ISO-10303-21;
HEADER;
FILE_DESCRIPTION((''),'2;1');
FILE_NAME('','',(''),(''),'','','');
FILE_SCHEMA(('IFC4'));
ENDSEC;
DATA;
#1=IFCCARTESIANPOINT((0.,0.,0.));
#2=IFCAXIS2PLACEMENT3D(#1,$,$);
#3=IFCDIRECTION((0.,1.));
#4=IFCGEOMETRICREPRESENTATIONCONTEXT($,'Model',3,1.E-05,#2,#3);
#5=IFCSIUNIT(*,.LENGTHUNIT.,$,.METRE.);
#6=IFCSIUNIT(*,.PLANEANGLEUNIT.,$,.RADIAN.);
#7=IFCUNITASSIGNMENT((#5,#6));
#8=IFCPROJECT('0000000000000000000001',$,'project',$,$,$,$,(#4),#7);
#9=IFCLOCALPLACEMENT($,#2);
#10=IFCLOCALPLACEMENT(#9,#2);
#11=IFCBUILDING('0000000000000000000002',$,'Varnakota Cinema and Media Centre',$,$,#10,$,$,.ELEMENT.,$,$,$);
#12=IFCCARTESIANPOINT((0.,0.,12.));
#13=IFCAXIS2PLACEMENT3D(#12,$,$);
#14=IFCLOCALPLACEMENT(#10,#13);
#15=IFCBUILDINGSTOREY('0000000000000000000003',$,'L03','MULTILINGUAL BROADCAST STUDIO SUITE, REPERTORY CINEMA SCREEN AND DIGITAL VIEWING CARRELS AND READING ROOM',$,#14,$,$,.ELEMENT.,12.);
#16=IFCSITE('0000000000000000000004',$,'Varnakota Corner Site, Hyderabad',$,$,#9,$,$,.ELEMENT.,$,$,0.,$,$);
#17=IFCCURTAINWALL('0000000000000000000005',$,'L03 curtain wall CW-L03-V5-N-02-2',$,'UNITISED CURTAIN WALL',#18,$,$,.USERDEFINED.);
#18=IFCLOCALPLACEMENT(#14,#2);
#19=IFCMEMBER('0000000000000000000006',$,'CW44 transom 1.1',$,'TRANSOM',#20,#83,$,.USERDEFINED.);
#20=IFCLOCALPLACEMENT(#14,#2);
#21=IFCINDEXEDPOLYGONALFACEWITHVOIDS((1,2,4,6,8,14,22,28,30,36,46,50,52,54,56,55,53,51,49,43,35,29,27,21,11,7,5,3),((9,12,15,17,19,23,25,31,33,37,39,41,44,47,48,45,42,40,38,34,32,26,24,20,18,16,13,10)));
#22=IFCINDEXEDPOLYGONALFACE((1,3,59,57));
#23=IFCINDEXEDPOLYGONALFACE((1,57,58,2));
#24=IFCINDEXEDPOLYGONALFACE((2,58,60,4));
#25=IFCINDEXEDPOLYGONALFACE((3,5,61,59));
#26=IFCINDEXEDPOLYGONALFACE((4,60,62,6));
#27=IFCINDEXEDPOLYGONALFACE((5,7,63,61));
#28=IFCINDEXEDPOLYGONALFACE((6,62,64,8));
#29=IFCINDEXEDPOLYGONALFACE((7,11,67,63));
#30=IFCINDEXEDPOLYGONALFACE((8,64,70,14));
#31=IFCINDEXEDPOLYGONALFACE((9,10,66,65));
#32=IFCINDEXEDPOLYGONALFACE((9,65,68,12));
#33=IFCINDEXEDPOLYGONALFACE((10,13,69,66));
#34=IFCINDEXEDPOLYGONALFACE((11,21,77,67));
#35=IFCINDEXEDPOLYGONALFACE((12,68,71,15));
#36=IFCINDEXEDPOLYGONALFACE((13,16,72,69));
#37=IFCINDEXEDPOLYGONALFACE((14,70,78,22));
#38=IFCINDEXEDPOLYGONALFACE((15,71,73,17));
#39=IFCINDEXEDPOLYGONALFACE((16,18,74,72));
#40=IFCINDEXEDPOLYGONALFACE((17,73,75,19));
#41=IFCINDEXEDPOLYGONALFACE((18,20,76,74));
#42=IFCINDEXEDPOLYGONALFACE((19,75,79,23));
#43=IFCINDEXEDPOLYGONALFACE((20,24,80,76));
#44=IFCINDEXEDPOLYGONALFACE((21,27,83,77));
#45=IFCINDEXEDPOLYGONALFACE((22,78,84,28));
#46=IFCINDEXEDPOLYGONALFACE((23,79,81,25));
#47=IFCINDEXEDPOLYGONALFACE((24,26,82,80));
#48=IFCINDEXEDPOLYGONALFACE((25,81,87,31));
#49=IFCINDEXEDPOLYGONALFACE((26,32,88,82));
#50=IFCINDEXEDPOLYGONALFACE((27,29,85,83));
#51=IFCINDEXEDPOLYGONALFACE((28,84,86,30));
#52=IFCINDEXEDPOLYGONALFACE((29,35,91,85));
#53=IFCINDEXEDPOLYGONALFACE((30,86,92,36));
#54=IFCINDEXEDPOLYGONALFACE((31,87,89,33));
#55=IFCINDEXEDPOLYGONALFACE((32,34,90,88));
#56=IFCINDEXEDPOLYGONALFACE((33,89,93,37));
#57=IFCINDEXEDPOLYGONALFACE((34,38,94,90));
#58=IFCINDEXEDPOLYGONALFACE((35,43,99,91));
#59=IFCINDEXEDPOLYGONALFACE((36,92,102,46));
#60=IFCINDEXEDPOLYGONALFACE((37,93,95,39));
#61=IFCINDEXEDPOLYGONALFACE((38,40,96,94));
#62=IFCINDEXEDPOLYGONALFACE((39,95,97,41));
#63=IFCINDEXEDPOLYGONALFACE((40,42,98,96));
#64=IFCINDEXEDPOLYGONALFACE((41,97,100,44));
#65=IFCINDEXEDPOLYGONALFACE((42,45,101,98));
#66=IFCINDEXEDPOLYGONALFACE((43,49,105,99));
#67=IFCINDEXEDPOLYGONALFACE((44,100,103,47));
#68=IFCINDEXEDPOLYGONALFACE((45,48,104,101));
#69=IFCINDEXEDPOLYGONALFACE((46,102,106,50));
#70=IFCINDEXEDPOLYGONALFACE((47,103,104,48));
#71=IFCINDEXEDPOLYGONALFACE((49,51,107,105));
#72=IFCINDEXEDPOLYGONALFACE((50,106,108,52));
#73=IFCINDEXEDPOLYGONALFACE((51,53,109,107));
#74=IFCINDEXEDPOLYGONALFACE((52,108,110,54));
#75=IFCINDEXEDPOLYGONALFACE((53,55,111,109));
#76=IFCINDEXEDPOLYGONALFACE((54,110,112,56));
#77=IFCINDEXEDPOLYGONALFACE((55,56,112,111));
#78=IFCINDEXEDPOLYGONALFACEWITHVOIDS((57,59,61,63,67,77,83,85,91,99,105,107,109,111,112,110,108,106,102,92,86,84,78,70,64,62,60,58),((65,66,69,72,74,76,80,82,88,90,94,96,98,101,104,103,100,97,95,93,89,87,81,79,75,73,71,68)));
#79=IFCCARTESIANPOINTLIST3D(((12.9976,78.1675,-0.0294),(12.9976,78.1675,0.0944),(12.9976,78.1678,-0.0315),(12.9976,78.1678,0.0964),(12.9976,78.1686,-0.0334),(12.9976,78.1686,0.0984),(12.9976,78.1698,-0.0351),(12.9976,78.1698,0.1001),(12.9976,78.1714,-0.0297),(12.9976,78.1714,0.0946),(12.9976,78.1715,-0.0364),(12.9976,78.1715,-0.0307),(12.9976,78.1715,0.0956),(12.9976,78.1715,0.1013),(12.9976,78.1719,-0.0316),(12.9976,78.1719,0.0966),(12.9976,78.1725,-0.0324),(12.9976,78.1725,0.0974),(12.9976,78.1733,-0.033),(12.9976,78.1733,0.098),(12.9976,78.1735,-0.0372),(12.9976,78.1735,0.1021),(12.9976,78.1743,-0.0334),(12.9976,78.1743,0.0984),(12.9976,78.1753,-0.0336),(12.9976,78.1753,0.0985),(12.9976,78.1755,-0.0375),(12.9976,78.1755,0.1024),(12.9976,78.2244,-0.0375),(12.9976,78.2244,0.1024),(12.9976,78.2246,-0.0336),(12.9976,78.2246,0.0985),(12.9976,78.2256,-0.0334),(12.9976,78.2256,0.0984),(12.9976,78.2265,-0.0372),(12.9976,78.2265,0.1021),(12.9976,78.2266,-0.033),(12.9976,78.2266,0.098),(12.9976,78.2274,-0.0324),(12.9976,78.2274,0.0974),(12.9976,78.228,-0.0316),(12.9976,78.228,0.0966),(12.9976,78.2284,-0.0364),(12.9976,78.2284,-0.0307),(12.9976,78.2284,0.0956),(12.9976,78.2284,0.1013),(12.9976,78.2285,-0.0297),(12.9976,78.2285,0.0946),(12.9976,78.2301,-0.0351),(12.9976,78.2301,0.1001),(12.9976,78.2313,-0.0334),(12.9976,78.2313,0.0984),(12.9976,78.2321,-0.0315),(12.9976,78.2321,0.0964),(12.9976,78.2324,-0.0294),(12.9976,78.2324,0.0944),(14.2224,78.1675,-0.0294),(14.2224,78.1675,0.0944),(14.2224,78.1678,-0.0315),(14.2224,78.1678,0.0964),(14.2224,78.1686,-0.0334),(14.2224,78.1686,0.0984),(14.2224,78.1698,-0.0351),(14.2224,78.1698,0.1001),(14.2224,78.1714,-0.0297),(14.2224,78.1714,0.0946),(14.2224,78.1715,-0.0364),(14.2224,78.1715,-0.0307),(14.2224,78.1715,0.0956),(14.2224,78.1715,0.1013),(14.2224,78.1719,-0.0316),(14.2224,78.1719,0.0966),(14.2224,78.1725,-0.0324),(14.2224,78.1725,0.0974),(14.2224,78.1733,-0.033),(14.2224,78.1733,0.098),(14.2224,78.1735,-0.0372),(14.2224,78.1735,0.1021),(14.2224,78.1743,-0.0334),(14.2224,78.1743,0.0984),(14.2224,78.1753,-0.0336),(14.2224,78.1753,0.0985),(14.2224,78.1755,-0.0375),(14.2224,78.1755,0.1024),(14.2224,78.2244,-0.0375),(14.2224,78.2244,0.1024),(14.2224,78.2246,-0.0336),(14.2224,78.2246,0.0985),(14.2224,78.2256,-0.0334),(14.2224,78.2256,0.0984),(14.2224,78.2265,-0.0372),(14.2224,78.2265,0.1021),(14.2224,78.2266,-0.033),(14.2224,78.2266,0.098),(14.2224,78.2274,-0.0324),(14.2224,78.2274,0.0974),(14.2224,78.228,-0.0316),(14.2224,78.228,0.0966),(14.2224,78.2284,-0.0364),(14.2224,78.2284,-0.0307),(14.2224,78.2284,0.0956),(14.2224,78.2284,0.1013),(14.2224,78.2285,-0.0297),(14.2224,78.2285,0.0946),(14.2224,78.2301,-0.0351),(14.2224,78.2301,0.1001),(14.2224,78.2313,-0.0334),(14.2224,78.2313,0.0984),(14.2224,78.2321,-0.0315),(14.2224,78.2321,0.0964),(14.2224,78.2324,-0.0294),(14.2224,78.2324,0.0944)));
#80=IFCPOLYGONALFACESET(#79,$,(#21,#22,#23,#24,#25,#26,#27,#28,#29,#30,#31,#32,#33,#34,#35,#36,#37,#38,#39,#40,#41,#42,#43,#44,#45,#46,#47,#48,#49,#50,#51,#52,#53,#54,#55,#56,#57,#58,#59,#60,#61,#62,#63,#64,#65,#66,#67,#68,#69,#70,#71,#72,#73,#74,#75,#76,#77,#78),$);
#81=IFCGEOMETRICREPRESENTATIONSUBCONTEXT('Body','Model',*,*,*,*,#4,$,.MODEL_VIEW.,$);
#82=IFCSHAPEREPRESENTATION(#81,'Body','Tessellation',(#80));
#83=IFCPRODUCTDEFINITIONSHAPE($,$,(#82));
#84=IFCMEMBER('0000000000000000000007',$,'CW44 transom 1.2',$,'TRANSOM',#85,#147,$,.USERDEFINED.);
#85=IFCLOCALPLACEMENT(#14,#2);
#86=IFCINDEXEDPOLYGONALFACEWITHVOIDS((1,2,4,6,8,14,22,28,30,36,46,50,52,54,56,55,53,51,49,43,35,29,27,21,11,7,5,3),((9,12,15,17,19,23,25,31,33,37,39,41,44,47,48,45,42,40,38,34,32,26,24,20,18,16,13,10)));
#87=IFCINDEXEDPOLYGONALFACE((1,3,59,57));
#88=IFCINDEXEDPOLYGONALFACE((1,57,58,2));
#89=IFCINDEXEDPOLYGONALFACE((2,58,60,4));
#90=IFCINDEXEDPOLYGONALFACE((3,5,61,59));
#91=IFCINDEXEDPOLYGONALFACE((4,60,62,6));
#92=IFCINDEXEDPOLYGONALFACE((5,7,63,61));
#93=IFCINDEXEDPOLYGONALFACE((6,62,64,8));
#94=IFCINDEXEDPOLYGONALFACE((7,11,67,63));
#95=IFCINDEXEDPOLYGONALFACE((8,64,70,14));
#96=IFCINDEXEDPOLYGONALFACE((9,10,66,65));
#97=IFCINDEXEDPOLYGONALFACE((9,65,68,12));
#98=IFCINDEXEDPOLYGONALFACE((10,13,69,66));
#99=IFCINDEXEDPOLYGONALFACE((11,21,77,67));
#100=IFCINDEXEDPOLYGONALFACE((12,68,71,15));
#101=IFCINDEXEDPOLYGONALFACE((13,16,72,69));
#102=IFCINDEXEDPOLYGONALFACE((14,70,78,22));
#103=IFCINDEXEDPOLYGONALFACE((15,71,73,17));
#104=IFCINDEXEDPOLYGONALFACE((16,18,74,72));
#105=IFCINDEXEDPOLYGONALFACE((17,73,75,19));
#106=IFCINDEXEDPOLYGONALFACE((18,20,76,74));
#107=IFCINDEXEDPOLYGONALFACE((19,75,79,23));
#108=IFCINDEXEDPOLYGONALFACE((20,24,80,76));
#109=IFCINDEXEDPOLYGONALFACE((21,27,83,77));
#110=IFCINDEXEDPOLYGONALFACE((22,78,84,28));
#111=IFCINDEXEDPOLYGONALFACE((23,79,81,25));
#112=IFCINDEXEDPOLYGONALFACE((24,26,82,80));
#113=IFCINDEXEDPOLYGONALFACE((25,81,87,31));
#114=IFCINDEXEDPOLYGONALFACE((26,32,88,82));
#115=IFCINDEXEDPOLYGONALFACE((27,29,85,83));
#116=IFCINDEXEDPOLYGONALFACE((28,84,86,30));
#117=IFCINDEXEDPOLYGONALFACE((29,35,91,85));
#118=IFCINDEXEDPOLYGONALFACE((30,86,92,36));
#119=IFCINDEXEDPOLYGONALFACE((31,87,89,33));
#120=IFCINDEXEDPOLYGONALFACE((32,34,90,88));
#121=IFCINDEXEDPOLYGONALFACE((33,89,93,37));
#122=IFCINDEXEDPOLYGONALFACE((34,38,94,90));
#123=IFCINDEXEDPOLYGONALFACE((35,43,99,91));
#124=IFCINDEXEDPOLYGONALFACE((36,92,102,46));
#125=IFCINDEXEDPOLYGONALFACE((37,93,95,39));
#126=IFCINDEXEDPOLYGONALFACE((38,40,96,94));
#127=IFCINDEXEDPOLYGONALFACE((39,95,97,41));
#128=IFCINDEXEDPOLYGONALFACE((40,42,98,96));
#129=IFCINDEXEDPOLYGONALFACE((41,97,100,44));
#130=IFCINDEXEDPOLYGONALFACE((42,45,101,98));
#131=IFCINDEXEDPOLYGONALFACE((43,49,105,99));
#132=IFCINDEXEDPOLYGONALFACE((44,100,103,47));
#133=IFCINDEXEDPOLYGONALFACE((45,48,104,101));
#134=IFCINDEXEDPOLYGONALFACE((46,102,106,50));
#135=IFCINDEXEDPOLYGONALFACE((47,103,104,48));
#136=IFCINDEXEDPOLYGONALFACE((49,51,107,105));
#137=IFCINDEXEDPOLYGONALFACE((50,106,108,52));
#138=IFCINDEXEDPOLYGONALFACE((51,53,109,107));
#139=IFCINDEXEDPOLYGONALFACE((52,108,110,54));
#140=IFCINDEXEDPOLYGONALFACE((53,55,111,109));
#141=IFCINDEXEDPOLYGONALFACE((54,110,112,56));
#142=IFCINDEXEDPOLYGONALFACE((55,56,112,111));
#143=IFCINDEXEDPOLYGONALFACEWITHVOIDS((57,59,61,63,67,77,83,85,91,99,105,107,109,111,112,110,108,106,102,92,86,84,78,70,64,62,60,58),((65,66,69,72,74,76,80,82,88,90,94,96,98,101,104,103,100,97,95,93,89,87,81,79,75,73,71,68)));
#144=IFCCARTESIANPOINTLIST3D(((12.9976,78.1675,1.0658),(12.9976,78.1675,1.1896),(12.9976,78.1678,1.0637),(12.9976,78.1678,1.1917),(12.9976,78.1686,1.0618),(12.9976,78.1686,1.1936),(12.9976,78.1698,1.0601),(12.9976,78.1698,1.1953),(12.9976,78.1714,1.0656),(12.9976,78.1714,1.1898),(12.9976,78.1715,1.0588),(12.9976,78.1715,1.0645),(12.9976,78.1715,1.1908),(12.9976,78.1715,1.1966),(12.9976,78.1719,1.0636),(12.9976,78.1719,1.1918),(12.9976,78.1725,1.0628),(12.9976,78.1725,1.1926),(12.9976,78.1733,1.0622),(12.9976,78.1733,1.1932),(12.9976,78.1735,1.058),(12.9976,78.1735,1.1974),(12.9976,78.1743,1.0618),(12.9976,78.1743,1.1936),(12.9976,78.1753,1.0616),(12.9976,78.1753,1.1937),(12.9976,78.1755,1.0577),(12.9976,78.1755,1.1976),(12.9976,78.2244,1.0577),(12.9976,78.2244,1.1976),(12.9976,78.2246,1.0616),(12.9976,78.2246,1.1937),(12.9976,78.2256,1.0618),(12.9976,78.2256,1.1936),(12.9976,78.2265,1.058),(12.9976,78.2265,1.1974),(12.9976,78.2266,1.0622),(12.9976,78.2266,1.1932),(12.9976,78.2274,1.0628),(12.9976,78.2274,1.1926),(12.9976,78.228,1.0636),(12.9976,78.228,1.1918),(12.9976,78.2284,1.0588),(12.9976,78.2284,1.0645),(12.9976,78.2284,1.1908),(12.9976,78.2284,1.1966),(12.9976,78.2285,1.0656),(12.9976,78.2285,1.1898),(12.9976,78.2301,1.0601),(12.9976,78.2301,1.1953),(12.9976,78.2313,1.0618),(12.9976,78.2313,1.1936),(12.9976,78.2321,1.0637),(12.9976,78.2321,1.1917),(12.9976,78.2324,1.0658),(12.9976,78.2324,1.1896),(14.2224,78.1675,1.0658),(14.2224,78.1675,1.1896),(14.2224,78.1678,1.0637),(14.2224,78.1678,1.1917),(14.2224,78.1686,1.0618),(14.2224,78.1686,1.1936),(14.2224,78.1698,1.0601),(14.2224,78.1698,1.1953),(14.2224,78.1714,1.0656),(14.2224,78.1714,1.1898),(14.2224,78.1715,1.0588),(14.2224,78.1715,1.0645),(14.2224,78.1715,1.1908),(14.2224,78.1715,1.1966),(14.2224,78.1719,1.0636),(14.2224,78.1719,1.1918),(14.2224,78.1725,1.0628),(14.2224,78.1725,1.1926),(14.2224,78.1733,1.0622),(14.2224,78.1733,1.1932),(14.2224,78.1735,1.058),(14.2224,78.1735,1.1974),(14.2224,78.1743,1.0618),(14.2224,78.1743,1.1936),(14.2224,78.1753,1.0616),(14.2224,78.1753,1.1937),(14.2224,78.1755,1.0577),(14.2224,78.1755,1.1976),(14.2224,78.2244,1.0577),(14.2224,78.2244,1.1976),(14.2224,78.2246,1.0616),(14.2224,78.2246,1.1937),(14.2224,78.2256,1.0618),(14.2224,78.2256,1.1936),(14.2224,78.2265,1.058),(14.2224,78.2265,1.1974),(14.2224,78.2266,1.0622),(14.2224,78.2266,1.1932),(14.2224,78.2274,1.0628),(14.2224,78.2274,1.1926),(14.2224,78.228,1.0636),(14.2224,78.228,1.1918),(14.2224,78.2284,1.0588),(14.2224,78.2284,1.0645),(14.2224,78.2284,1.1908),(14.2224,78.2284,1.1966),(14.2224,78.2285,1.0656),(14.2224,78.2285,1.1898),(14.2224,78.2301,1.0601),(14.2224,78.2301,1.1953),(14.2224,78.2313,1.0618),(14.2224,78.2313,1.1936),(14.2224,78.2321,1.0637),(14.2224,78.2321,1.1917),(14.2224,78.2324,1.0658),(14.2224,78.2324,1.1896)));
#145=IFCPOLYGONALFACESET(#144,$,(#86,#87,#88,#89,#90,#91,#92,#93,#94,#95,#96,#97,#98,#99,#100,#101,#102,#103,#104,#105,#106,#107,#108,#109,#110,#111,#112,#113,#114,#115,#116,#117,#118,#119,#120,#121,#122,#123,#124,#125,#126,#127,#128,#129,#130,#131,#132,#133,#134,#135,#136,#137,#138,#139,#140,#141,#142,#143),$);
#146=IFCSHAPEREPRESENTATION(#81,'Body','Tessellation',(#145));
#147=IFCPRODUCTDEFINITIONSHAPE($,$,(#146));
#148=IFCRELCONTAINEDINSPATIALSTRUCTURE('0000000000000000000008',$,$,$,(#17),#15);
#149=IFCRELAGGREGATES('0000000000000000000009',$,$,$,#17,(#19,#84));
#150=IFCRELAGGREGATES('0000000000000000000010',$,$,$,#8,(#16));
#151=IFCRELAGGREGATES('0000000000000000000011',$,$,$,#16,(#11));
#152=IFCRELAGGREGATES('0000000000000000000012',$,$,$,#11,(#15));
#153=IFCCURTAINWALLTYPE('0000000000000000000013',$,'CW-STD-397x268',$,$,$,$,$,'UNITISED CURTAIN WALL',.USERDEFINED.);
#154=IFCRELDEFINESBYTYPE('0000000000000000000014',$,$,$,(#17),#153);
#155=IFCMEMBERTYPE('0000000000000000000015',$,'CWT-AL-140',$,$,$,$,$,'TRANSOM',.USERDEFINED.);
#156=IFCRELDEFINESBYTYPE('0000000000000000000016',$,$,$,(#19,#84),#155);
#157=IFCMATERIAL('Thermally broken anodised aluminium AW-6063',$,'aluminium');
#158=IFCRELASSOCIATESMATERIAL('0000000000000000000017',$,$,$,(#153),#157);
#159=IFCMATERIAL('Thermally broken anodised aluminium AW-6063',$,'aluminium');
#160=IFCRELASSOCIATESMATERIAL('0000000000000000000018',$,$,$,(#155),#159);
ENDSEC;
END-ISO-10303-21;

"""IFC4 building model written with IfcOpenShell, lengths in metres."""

from ifc_helpers import new_model, si_unit, direction, frame, origin, origin_2d, place, context, subcontext, project, spatial, hollow_rectangle, extrude, material, material_profile, profile_set, type_object, element, aggregate, save


model = new_model("IFC4")

# Units and contexts
model_context = context("Model", 3, precision=1e-05, world=origin(), true_north=direction((0.0, 1.0)))
body_context = subcontext(model_context, "Body", "Model", "MODEL_VIEW")
ifc_project = project(units=[si_unit("LENGTHUNIT", "METRE"), si_unit("PLANEANGLEUNIT", "RADIAN")], contexts=[model_context])

# Site, building, storey
site_placement = place(None, origin())
site = spatial("IfcSite", under=ifc_project, at=site_placement, Name="Varnakota Corner Site, Hyderabad", CompositionType="ELEMENT", RefElevation=0.0)
building_placement = place(site_placement, origin())
building = spatial("IfcBuilding", under=site, at=building_placement, Name="Varnakota Cinema and Media Centre", CompositionType="ELEMENT")
storey_placement = place(building_placement, frame((0.0, 0.0, 12.0)))
storey = spatial("IfcBuildingStorey", under=building, at=storey_placement, Name="L03", Description="MULTILINGUAL BROADCAST STUDIO SUITE, REPERTORY CINEMA SCREEN AND DIGITAL VIEWING CARRELS AND READING ROOM", CompositionType="ELEMENT", Elevation=12.0)

# Curtain wall
ifc_material_1 = material(Name="Thermally broken anodised aluminium AW-6063", Category="aluminium")
curtain_wall_type = type_object("IfcCurtainWallType", Name="CW-STD-397x268", ElementType="UNITISED CURTAIN WALL", PredefinedType="USERDEFINED", material=ifc_material_1)
curtain_wall_1_placement = place(storey_placement, origin())
curtain_wall_1 = element("IfcCurtainWall", 1, at=curtain_wall_1_placement, inside=storey, type_object=curtain_wall_type, Name="L03 curtain wall CW-L03-V5-N-02-2", ObjectType="UNITISED CURTAIN WALL", PredefinedType="USERDEFINED")

# Members
ifc_material_2 = material(Name="Thermally broken anodised aluminium AW-6063", Category="aluminium")
ifc_material_profile_1 = material_profile(ifc_material_2, hollow_rectangle(XDim=0.0649, YDim=0.1399, WallThickness=0.0039, InnerFilletRadius=0.0039, OuterFilletRadius=0.0081, at=origin_2d()), Name="AL-TRANSOM 140x65x4")
ifc_profile_set_1 = profile_set([ifc_material_profile_1], Name="Thermally broken anodised aluminium AW-6063")
member_type_1 = type_object("IfcMemberType", Name="CWT-AL-140", ElementType="TRANSOM", PredefinedType="USERDEFINED", material=ifc_profile_set_1)
member_1_placement = place(storey_placement, frame((12.9976, 78.2, 0.0325), z_axis=(1.0, 0.0, 0.0), x_axis=(0.0, 1.0, 0.0)))
member_1 = element("IfcMember", 2, at=member_1_placement, type_object=member_type_1, Name="CW44 transom 1.1", ObjectType="TRANSOM", PredefinedType="USERDEFINED", context=body_context, shape_type="SweptSolid", body=[
    extrude(hollow_rectangle(XDim=0.0649, YDim=0.1399, WallThickness=0.0039, InnerFilletRadius=0.0039, OuterFilletRadius=0.0081, at=origin_2d()), origin(), (0.0, 0.0, 1.0), 1.2249),
])
member_2_placement = place(storey_placement, frame((12.9976, 78.2, 1.1277), z_axis=(1.0, 0.0, 0.0), x_axis=(0.0, 1.0, 0.0)))
member_2 = element("IfcMember", 3, at=member_2_placement, type_object=member_type_1, Name="CW44 transom 1.2", ObjectType="TRANSOM", PredefinedType="USERDEFINED", context=body_context, shape_type="SweptSolid", body=[
    extrude(hollow_rectangle(XDim=0.0649, YDim=0.1399, WallThickness=0.0039, InnerFilletRadius=0.0039, OuterFilletRadius=0.0081, at=origin_2d()), origin(), (0.0, 0.0, 1.0), 1.2249),
])

aggregate(curtain_wall_1, [member_1, member_2])

save(model, "model.ifc")
